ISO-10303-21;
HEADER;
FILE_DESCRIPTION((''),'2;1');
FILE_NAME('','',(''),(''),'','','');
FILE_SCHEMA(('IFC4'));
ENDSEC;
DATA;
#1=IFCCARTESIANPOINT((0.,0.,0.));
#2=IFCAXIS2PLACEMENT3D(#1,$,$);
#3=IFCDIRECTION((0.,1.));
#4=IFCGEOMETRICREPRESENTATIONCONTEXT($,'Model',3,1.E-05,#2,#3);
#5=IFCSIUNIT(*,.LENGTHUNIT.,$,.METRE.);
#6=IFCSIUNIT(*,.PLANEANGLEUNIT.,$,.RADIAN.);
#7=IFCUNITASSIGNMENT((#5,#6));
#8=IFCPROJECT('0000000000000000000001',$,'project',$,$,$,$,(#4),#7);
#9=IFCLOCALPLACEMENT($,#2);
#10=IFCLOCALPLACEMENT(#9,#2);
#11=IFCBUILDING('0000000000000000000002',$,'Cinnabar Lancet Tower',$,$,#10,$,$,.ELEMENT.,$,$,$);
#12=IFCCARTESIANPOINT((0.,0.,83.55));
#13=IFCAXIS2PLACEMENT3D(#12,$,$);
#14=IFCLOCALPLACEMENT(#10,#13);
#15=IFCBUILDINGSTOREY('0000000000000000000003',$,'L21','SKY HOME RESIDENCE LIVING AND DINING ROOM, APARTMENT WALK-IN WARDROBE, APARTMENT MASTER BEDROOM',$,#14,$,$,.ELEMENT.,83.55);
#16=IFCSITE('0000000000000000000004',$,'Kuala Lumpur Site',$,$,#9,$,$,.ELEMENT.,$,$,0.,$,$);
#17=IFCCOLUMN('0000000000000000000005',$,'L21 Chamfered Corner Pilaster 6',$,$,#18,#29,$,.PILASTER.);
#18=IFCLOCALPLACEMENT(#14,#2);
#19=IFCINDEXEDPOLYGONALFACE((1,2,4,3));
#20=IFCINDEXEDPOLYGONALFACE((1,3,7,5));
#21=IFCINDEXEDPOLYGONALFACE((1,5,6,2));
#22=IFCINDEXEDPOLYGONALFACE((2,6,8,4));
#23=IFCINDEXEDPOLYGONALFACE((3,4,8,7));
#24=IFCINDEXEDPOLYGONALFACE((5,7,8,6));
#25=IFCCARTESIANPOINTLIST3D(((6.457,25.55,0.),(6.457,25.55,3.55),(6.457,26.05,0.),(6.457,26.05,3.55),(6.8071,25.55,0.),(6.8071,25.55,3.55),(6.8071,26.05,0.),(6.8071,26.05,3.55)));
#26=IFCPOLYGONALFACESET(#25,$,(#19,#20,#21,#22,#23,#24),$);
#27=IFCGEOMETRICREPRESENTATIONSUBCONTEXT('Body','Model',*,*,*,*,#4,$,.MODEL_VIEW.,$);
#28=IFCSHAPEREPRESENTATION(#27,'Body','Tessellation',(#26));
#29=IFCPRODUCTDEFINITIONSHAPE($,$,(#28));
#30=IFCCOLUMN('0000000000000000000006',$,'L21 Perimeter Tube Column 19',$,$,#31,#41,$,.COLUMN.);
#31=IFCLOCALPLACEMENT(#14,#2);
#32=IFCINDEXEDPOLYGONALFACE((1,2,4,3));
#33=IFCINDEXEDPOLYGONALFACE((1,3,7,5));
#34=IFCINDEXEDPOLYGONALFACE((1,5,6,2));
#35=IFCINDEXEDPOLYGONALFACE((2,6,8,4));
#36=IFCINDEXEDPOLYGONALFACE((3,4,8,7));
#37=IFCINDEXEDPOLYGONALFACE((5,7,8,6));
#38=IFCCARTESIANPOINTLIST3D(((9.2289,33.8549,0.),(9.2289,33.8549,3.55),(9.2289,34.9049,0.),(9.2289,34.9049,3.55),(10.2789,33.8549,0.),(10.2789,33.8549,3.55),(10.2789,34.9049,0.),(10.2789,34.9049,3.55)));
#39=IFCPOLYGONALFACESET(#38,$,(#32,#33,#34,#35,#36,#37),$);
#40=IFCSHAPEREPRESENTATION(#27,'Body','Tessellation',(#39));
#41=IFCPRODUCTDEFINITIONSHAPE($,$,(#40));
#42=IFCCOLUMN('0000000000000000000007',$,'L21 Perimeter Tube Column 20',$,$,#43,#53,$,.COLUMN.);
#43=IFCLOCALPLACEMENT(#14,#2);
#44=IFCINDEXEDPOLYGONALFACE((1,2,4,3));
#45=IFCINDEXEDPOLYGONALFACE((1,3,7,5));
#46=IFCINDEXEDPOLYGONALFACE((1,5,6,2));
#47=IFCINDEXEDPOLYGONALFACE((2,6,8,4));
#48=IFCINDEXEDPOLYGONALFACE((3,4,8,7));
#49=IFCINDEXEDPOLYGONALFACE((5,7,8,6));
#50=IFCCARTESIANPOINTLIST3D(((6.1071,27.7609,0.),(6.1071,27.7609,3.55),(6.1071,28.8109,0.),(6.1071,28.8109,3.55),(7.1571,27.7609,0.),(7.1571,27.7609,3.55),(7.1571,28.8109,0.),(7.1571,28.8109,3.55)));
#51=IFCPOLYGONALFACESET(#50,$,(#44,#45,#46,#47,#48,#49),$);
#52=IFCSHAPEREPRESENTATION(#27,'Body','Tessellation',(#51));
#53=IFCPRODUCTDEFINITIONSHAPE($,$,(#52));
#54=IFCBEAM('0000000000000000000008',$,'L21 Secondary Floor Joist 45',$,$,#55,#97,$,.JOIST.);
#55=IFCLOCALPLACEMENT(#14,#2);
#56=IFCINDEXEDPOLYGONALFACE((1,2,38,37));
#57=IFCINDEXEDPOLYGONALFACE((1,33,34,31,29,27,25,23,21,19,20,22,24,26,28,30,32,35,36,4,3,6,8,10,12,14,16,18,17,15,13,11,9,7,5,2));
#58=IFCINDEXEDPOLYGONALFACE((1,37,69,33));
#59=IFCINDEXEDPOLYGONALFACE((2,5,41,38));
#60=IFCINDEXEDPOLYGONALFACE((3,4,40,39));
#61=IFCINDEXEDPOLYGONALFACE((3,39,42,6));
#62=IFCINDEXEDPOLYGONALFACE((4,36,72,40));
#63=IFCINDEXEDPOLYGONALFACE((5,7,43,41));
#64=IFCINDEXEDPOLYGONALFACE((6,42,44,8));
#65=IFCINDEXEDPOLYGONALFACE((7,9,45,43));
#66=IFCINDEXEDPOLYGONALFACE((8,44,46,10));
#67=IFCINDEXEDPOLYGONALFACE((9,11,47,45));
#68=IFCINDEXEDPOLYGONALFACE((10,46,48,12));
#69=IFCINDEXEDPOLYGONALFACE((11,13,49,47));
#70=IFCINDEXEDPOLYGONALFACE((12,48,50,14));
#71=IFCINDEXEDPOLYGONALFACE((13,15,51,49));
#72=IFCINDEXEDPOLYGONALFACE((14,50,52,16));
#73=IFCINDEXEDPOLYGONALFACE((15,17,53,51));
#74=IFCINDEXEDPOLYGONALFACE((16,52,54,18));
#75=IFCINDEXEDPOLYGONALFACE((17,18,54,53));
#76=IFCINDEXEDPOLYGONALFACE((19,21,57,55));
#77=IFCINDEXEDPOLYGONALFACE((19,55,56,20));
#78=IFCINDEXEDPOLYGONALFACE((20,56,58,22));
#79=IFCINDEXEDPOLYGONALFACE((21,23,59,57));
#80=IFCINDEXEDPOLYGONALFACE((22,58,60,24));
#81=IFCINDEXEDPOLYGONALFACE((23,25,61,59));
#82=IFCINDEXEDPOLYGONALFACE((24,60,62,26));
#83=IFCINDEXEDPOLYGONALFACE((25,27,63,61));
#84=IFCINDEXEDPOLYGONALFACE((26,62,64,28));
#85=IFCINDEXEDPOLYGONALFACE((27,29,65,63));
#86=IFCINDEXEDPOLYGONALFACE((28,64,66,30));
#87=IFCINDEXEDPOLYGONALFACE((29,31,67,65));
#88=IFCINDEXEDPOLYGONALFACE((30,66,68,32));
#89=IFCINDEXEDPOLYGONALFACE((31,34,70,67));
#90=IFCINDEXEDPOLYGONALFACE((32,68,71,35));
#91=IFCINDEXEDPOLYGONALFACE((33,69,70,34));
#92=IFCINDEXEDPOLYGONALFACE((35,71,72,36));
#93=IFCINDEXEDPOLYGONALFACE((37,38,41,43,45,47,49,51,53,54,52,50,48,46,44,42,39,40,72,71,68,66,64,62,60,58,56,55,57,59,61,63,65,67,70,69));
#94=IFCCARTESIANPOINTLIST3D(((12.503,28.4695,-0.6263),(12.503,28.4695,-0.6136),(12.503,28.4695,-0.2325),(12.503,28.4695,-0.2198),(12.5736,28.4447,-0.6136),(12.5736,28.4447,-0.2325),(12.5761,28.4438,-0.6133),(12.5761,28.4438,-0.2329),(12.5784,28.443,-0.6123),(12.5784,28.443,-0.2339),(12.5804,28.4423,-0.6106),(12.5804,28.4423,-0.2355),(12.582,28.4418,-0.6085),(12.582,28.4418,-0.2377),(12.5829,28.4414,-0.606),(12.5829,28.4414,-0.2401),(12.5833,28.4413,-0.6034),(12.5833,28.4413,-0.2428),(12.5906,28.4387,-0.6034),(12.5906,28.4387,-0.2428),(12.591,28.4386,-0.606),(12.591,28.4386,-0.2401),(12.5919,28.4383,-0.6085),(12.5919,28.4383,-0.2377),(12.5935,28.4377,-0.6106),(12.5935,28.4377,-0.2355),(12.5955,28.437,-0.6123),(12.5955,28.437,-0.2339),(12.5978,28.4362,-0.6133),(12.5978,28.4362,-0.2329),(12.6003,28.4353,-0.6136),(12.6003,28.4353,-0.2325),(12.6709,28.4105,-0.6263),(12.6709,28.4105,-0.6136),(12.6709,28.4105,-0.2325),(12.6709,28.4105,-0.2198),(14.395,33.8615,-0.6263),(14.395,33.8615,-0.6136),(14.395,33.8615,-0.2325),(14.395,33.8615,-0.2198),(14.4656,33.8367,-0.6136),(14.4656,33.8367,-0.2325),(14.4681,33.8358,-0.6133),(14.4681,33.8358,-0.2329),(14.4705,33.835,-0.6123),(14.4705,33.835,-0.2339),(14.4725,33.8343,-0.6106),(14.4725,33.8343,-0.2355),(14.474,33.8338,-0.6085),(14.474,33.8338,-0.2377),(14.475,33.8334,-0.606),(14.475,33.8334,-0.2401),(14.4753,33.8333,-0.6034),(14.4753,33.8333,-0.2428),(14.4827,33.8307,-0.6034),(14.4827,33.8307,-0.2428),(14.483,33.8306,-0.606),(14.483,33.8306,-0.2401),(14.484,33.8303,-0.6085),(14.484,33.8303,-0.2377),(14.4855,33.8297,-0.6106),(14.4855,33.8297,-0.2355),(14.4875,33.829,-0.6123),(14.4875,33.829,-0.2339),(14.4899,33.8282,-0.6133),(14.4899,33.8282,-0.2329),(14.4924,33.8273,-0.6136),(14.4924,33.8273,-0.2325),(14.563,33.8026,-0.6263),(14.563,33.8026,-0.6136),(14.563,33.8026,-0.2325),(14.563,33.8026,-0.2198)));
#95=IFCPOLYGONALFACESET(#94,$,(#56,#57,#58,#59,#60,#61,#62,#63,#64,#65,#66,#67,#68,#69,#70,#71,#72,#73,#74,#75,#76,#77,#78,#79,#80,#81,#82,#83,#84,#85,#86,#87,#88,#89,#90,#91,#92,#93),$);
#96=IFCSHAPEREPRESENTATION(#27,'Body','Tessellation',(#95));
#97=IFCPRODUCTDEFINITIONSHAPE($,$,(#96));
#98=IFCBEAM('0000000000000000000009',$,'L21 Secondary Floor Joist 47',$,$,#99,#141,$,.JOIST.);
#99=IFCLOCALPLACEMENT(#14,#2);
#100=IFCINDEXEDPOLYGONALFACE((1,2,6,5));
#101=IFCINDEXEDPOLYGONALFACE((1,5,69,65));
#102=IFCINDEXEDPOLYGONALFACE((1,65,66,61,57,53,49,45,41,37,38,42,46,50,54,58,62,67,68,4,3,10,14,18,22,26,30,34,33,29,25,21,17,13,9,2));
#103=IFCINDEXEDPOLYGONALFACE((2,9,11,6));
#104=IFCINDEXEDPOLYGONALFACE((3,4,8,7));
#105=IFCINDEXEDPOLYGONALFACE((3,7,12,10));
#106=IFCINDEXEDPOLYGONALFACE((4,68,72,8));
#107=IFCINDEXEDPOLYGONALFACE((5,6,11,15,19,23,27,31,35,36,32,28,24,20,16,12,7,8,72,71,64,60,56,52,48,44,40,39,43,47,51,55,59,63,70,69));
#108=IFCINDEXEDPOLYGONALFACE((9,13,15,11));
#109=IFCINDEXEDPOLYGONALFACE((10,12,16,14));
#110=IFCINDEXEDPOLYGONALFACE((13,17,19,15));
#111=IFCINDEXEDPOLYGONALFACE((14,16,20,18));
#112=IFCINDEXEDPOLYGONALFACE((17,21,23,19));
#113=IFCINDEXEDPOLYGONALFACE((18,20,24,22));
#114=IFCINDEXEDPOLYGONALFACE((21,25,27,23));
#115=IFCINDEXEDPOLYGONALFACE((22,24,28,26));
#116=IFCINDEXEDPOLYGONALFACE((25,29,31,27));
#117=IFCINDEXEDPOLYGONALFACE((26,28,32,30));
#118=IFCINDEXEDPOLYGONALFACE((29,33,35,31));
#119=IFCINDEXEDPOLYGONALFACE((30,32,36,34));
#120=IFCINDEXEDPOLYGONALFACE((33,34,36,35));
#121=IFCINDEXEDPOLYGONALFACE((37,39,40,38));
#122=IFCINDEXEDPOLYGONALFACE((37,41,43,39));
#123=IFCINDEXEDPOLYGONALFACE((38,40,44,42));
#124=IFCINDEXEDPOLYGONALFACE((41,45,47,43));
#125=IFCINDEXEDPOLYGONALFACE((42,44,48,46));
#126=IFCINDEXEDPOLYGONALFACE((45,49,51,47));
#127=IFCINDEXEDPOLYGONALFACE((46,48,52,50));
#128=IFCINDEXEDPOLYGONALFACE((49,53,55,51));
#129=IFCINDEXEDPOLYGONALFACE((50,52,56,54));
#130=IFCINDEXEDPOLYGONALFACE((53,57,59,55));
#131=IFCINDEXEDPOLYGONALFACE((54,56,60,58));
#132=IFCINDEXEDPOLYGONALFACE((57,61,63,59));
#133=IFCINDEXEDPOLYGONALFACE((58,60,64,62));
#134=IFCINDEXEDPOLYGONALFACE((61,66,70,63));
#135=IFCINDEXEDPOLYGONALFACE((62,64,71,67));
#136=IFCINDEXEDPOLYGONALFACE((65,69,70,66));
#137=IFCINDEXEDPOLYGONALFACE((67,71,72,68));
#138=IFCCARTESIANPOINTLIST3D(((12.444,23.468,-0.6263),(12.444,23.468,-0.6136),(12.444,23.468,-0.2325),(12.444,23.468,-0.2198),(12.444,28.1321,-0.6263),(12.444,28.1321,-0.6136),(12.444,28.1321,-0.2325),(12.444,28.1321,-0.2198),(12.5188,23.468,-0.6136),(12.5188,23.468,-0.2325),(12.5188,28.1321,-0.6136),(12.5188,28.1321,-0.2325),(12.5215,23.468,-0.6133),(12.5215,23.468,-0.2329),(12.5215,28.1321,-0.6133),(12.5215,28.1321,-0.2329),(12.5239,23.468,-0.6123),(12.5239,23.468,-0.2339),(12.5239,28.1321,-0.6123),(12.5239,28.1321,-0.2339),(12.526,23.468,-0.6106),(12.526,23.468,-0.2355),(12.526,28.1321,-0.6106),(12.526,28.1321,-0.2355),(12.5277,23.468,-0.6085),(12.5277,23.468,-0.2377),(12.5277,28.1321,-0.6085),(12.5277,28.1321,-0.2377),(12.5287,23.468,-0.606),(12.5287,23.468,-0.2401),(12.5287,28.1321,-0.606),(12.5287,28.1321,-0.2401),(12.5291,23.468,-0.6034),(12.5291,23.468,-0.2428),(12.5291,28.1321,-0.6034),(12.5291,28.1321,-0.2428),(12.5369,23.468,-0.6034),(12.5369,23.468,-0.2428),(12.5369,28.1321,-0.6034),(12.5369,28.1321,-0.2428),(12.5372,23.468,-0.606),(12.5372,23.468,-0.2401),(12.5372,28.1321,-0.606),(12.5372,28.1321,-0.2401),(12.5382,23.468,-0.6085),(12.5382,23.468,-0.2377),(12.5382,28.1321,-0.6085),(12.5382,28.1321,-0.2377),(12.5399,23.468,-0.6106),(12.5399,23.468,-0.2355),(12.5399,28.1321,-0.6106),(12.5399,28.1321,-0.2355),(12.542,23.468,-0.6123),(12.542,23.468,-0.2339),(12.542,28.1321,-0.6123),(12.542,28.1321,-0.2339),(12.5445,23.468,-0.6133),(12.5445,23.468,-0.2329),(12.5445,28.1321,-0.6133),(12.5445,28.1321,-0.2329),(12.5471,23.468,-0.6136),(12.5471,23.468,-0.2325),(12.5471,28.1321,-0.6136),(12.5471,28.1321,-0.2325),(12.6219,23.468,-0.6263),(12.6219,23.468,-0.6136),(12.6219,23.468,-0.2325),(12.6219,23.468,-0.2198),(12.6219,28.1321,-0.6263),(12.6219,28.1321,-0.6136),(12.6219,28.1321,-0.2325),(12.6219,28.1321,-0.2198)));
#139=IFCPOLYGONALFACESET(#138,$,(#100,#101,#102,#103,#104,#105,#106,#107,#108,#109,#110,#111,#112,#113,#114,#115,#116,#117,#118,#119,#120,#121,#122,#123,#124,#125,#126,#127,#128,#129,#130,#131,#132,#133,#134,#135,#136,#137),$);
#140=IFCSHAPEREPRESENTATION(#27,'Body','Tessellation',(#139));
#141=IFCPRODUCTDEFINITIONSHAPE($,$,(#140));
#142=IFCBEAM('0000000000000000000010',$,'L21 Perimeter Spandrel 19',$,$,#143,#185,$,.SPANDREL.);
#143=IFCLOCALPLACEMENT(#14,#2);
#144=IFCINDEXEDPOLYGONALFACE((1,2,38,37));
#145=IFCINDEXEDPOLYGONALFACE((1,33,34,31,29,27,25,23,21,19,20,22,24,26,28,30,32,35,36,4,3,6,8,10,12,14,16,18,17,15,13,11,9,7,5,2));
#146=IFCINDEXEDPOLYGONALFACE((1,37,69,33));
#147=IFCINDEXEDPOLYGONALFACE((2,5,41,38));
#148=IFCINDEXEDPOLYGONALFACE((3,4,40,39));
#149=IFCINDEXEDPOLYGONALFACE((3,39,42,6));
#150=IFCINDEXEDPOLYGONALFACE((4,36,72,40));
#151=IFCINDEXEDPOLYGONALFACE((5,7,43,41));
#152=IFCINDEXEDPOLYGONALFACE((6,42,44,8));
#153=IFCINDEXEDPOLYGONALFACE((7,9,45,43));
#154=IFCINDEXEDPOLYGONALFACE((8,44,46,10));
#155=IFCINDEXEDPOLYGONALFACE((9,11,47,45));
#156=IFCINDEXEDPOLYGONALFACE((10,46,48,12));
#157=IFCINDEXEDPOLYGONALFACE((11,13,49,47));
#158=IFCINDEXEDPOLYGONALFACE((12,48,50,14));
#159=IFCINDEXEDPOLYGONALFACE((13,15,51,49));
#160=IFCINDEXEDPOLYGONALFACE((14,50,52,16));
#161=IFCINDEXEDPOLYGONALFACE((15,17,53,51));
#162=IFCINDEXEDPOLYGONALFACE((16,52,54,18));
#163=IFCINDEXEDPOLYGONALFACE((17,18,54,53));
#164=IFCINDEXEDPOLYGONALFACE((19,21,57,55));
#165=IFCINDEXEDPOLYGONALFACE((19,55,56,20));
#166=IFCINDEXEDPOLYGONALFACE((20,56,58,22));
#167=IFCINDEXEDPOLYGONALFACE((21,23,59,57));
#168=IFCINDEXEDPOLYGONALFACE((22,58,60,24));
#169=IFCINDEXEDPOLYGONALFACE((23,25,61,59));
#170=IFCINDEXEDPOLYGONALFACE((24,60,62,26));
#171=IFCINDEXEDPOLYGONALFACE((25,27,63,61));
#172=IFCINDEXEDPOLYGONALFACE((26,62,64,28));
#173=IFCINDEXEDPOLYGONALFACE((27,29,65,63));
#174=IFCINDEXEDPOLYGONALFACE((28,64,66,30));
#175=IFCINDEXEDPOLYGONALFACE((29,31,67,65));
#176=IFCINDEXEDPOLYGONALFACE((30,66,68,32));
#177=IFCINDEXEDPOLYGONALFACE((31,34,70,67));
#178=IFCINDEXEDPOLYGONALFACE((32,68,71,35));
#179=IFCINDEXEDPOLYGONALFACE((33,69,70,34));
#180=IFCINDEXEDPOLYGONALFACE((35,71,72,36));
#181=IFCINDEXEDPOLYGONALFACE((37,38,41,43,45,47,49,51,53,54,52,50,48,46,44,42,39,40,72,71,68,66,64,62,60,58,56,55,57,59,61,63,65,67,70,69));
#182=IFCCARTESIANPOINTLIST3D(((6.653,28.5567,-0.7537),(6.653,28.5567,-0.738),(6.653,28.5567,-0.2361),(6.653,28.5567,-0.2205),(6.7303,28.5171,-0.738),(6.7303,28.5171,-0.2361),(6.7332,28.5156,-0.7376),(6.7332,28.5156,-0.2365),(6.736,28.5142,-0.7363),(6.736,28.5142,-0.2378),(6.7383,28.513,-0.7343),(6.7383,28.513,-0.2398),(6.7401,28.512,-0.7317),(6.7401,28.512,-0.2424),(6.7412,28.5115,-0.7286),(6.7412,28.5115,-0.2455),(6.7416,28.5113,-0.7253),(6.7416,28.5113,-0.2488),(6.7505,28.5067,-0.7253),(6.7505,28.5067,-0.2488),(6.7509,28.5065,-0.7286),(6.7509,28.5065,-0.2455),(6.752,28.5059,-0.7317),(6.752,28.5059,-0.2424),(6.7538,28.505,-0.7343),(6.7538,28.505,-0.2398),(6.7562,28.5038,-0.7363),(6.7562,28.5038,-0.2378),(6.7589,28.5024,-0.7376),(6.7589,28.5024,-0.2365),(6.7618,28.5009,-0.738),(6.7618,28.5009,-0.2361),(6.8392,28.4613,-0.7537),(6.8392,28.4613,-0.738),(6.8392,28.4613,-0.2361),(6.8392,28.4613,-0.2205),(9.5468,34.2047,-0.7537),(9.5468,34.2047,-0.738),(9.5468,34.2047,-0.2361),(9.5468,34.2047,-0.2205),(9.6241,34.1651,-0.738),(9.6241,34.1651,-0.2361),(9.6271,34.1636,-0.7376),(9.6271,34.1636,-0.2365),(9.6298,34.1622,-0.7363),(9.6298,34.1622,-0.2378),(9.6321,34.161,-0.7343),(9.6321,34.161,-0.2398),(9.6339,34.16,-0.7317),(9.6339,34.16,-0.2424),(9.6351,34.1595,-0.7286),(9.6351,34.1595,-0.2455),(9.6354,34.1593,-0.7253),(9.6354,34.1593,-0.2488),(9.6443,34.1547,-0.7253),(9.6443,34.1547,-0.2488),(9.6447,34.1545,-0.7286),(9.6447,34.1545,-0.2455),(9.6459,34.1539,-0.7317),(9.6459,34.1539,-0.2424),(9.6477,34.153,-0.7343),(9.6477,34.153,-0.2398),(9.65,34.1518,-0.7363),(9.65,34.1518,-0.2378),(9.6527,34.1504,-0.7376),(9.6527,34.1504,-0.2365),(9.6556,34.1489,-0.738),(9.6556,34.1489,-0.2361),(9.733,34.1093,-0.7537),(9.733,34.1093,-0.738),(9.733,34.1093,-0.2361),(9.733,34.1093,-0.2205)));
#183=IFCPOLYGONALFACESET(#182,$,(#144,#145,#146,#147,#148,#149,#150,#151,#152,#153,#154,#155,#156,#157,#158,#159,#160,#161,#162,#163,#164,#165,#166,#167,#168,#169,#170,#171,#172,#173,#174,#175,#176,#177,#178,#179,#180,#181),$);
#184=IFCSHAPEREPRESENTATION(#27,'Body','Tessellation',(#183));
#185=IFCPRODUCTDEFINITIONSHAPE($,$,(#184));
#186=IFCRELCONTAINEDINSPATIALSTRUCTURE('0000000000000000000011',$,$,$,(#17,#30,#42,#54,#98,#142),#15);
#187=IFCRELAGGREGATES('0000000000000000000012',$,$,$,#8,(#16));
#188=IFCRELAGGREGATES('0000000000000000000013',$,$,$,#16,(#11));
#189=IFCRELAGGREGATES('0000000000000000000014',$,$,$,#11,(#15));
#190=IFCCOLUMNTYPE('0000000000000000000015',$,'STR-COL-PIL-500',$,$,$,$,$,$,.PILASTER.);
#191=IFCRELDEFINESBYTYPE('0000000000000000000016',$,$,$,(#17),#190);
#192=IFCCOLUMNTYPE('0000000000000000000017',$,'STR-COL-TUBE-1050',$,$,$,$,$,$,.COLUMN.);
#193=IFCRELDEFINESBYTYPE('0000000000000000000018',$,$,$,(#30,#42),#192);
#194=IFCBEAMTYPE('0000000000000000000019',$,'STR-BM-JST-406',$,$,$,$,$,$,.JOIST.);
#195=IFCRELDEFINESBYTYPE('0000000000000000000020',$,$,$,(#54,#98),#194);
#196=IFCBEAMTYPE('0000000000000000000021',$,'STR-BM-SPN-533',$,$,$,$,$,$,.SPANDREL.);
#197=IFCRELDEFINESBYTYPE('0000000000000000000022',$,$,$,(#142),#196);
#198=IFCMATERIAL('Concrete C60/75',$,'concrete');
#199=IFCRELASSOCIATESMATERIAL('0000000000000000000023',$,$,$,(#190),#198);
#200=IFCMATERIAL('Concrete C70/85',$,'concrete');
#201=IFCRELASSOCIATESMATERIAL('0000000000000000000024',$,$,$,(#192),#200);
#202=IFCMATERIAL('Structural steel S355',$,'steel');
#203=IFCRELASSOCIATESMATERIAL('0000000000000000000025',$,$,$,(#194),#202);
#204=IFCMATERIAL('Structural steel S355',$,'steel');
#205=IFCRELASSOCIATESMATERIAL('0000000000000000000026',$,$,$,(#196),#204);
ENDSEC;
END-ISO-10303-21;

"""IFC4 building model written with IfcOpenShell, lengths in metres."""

from ifc_helpers import new_model, si_unit, direction, frame, origin, origin_2d, place, context, subcontext, project, spatial, rectangle, i_section, extrude, material, material_profile, profile_set, type_object, element, save


model = new_model("IFC4")

# Units and contexts
model_context = context("Model", 3, precision=1e-05, world=origin(), true_north=direction((0.0, 1.0)))
body_context = subcontext(model_context, "Body", "Model", "MODEL_VIEW")
ifc_project = project(units=[si_unit("LENGTHUNIT", "METRE"), si_unit("PLANEANGLEUNIT", "RADIAN")], contexts=[model_context])

# Site, building, storey
site_placement = place(None, origin())
site = spatial("IfcSite", under=ifc_project, at=site_placement, Name="Kuala Lumpur Site", CompositionType="ELEMENT", RefElevation=0.0)
building_placement = place(site_placement, origin())
building = spatial("IfcBuilding", under=site, at=building_placement, Name="Cinnabar Lancet Tower", CompositionType="ELEMENT")
storey_placement = place(building_placement, frame((0.0, 0.0, 83.55)))
storey = spatial("IfcBuildingStorey", under=building, at=storey_placement, Name="L21", Description="SKY HOME RESIDENCE LIVING AND DINING ROOM, APARTMENT WALK-IN WARDROBE, APARTMENT MASTER BEDROOM", CompositionType="ELEMENT", Elevation=83.55)

# Columns
ifc_material_1 = material(Name="Concrete C60/75", Category="concrete")
ifc_material_profile_1 = material_profile(ifc_material_1, rectangle(XDim=0.5, YDim=0.3501, at=origin_2d()), Name="RC-PIL 500x350")
ifc_profile_set_1 = profile_set([ifc_material_profile_1], Name="Concrete C60/75")
column_type_1 = type_object("IfcColumnType", Name="STR-COL-PIL-500", PredefinedType="PILASTER", material=ifc_profile_set_1)
column_placement = place(storey_placement, frame((6.6321, 25.8, 0.0), z_axis=(0.0, 0.0, 1.0), x_axis=(0.0, -1.0, 0.0)))
element("IfcColumn", 1, at=column_placement, inside=storey, type_object=column_type_1, Name="L21 Chamfered Corner Pilaster 6", PredefinedType="PILASTER", context=body_context, shape_type="SweptSolid", body=[
    extrude(rectangle(XDim=0.5, YDim=0.3501, at=origin_2d()), origin(), (0.0, 0.0, 1.0), 3.55),
])
ifc_material_2 = material(Name="Concrete C70/85", Category="concrete")
ifc_material_profile_2 = material_profile(ifc_material_2, rectangle(XDim=1.05, YDim=1.05, at=origin_2d()), Name="RC-COL 1050x1050")
ifc_profile_set_2 = profile_set([ifc_material_profile_2], Name="Concrete C70/85")
column_type_2 = type_object("IfcColumnType", Name="STR-COL-TUBE-1050", PredefinedType="COLUMN", material=ifc_profile_set_2)
for number, where, z_axis, x_axis, name in (
    (2, (9.7539, 34.3799, 0.0), (0.0, 0.0, 1.0), (1.0, 0.0, 0.0), "L21 Perimeter Tube Column 19"),
    (3, (6.6321, 28.2859, 0.0), (0.0, 0.0, 1.0), (1.0, 0.0, 0.0), "L21 Perimeter Tube Column 20"),
):
    element("IfcColumn", number, at=place(storey_placement, frame(where, z_axis=z_axis, x_axis=x_axis)), inside=storey, type_object=column_type_2, Name=name, PredefinedType="COLUMN", context=body_context, shape_type="SweptSolid", body=[
        extrude(rectangle(XDim=1.05, YDim=1.05, at=origin_2d()), origin(), (0.0, 0.0, 1.0), 3.55),
    ])

# Beams
ifc_material_3 = material(Name="Structural steel S355", Category="steel")
ifc_material_profile_3 = material_profile(ifc_material_3, i_section(OverallWidth=0.178, OverallDepth=0.4065, WebThickness=0.0078, FlangeThickness=0.0127, FilletRadius=0.0103, at=origin_2d()), Name="UKB 406x178x60")
ifc_profile_set_3 = profile_set([ifc_material_profile_3], Name="Structural steel S355")
beam_type_1 = type_object("IfcBeamType", Name="STR-BM-JST-406", PredefinedType="JOIST", material=ifc_profile_set_3)
beam_1_placement = place(storey_placement, frame((14.479, 33.832, -0.4231), z_axis=(-0.331108, -0.943593, 0.0), x_axis=(0.943593, -0.331108, 0.0)))
element("IfcBeam", 4, at=beam_1_placement, inside=storey, type_object=beam_type_1, Name="L21 Secondary Floor Joist 45", PredefinedType="JOIST", context=body_context, shape_type="SweptSolid", body=[
    extrude(i_section(OverallWidth=0.178, OverallDepth=0.4065, WebThickness=0.0078, FlangeThickness=0.0127, FilletRadius=0.0103, at=origin_2d()), origin(), (0.0, 0.0, 1.0), 5.7144),
])
beam_2_placement = place(storey_placement, frame((12.533, 28.1321, -0.4231), z_axis=(0.0, -1.0, 0.0), x_axis=(1.0, 0.0, 0.0)))
element("IfcBeam", 5, at=beam_2_placement, inside=storey, type_object=beam_type_1, Name="L21 Secondary Floor Joist 47", PredefinedType="JOIST", context=body_context, shape_type="SweptSolid", body=[
    extrude(i_section(OverallWidth=0.178, OverallDepth=0.4065, WebThickness=0.0078, FlangeThickness=0.0127, FilletRadius=0.0103, at=origin_2d()), origin(), (0.0, 0.0, 1.0), 4.6641),
])
ifc_material_4 = material(Name="Structural steel S355", Category="steel")
ifc_material_profile_4 = material_profile(ifc_material_4, i_section(OverallWidth=0.2092, OverallDepth=0.5332, WebThickness=0.01, FlangeThickness=0.0156, FilletRadius=0.0127, at=origin_2d()), Name="UKB 533x210x92")
ifc_profile_set_4 = profile_set([ifc_material_profile_4], Name="Structural steel S355")
beam_type_2 = type_object("IfcBeamType", Name="STR-BM-SPN-533", PredefinedType="SPANDREL", material=ifc_profile_set_4)
beam_3_placement = place(storey_placement, frame((9.6399, 34.157, -0.4871), z_axis=(-0.455994, -0.889983, 0.0), x_axis=(0.889983, -0.455994, 0.0)))
element("IfcBeam", 6, at=beam_3_placement, inside=storey, type_object=beam_type_2, Name="L21 Perimeter Spandrel 19", PredefinedType="SPANDREL", context=body_context, shape_type="SweptSolid", body=[
    extrude(i_section(OverallWidth=0.2092, OverallDepth=0.5332, WebThickness=0.01, FlangeThickness=0.0156, FilletRadius=0.0127, at=origin_2d()), origin(), (0.0, 0.0, 1.0), 6.3462),
])

save(model, "model.ifc")
